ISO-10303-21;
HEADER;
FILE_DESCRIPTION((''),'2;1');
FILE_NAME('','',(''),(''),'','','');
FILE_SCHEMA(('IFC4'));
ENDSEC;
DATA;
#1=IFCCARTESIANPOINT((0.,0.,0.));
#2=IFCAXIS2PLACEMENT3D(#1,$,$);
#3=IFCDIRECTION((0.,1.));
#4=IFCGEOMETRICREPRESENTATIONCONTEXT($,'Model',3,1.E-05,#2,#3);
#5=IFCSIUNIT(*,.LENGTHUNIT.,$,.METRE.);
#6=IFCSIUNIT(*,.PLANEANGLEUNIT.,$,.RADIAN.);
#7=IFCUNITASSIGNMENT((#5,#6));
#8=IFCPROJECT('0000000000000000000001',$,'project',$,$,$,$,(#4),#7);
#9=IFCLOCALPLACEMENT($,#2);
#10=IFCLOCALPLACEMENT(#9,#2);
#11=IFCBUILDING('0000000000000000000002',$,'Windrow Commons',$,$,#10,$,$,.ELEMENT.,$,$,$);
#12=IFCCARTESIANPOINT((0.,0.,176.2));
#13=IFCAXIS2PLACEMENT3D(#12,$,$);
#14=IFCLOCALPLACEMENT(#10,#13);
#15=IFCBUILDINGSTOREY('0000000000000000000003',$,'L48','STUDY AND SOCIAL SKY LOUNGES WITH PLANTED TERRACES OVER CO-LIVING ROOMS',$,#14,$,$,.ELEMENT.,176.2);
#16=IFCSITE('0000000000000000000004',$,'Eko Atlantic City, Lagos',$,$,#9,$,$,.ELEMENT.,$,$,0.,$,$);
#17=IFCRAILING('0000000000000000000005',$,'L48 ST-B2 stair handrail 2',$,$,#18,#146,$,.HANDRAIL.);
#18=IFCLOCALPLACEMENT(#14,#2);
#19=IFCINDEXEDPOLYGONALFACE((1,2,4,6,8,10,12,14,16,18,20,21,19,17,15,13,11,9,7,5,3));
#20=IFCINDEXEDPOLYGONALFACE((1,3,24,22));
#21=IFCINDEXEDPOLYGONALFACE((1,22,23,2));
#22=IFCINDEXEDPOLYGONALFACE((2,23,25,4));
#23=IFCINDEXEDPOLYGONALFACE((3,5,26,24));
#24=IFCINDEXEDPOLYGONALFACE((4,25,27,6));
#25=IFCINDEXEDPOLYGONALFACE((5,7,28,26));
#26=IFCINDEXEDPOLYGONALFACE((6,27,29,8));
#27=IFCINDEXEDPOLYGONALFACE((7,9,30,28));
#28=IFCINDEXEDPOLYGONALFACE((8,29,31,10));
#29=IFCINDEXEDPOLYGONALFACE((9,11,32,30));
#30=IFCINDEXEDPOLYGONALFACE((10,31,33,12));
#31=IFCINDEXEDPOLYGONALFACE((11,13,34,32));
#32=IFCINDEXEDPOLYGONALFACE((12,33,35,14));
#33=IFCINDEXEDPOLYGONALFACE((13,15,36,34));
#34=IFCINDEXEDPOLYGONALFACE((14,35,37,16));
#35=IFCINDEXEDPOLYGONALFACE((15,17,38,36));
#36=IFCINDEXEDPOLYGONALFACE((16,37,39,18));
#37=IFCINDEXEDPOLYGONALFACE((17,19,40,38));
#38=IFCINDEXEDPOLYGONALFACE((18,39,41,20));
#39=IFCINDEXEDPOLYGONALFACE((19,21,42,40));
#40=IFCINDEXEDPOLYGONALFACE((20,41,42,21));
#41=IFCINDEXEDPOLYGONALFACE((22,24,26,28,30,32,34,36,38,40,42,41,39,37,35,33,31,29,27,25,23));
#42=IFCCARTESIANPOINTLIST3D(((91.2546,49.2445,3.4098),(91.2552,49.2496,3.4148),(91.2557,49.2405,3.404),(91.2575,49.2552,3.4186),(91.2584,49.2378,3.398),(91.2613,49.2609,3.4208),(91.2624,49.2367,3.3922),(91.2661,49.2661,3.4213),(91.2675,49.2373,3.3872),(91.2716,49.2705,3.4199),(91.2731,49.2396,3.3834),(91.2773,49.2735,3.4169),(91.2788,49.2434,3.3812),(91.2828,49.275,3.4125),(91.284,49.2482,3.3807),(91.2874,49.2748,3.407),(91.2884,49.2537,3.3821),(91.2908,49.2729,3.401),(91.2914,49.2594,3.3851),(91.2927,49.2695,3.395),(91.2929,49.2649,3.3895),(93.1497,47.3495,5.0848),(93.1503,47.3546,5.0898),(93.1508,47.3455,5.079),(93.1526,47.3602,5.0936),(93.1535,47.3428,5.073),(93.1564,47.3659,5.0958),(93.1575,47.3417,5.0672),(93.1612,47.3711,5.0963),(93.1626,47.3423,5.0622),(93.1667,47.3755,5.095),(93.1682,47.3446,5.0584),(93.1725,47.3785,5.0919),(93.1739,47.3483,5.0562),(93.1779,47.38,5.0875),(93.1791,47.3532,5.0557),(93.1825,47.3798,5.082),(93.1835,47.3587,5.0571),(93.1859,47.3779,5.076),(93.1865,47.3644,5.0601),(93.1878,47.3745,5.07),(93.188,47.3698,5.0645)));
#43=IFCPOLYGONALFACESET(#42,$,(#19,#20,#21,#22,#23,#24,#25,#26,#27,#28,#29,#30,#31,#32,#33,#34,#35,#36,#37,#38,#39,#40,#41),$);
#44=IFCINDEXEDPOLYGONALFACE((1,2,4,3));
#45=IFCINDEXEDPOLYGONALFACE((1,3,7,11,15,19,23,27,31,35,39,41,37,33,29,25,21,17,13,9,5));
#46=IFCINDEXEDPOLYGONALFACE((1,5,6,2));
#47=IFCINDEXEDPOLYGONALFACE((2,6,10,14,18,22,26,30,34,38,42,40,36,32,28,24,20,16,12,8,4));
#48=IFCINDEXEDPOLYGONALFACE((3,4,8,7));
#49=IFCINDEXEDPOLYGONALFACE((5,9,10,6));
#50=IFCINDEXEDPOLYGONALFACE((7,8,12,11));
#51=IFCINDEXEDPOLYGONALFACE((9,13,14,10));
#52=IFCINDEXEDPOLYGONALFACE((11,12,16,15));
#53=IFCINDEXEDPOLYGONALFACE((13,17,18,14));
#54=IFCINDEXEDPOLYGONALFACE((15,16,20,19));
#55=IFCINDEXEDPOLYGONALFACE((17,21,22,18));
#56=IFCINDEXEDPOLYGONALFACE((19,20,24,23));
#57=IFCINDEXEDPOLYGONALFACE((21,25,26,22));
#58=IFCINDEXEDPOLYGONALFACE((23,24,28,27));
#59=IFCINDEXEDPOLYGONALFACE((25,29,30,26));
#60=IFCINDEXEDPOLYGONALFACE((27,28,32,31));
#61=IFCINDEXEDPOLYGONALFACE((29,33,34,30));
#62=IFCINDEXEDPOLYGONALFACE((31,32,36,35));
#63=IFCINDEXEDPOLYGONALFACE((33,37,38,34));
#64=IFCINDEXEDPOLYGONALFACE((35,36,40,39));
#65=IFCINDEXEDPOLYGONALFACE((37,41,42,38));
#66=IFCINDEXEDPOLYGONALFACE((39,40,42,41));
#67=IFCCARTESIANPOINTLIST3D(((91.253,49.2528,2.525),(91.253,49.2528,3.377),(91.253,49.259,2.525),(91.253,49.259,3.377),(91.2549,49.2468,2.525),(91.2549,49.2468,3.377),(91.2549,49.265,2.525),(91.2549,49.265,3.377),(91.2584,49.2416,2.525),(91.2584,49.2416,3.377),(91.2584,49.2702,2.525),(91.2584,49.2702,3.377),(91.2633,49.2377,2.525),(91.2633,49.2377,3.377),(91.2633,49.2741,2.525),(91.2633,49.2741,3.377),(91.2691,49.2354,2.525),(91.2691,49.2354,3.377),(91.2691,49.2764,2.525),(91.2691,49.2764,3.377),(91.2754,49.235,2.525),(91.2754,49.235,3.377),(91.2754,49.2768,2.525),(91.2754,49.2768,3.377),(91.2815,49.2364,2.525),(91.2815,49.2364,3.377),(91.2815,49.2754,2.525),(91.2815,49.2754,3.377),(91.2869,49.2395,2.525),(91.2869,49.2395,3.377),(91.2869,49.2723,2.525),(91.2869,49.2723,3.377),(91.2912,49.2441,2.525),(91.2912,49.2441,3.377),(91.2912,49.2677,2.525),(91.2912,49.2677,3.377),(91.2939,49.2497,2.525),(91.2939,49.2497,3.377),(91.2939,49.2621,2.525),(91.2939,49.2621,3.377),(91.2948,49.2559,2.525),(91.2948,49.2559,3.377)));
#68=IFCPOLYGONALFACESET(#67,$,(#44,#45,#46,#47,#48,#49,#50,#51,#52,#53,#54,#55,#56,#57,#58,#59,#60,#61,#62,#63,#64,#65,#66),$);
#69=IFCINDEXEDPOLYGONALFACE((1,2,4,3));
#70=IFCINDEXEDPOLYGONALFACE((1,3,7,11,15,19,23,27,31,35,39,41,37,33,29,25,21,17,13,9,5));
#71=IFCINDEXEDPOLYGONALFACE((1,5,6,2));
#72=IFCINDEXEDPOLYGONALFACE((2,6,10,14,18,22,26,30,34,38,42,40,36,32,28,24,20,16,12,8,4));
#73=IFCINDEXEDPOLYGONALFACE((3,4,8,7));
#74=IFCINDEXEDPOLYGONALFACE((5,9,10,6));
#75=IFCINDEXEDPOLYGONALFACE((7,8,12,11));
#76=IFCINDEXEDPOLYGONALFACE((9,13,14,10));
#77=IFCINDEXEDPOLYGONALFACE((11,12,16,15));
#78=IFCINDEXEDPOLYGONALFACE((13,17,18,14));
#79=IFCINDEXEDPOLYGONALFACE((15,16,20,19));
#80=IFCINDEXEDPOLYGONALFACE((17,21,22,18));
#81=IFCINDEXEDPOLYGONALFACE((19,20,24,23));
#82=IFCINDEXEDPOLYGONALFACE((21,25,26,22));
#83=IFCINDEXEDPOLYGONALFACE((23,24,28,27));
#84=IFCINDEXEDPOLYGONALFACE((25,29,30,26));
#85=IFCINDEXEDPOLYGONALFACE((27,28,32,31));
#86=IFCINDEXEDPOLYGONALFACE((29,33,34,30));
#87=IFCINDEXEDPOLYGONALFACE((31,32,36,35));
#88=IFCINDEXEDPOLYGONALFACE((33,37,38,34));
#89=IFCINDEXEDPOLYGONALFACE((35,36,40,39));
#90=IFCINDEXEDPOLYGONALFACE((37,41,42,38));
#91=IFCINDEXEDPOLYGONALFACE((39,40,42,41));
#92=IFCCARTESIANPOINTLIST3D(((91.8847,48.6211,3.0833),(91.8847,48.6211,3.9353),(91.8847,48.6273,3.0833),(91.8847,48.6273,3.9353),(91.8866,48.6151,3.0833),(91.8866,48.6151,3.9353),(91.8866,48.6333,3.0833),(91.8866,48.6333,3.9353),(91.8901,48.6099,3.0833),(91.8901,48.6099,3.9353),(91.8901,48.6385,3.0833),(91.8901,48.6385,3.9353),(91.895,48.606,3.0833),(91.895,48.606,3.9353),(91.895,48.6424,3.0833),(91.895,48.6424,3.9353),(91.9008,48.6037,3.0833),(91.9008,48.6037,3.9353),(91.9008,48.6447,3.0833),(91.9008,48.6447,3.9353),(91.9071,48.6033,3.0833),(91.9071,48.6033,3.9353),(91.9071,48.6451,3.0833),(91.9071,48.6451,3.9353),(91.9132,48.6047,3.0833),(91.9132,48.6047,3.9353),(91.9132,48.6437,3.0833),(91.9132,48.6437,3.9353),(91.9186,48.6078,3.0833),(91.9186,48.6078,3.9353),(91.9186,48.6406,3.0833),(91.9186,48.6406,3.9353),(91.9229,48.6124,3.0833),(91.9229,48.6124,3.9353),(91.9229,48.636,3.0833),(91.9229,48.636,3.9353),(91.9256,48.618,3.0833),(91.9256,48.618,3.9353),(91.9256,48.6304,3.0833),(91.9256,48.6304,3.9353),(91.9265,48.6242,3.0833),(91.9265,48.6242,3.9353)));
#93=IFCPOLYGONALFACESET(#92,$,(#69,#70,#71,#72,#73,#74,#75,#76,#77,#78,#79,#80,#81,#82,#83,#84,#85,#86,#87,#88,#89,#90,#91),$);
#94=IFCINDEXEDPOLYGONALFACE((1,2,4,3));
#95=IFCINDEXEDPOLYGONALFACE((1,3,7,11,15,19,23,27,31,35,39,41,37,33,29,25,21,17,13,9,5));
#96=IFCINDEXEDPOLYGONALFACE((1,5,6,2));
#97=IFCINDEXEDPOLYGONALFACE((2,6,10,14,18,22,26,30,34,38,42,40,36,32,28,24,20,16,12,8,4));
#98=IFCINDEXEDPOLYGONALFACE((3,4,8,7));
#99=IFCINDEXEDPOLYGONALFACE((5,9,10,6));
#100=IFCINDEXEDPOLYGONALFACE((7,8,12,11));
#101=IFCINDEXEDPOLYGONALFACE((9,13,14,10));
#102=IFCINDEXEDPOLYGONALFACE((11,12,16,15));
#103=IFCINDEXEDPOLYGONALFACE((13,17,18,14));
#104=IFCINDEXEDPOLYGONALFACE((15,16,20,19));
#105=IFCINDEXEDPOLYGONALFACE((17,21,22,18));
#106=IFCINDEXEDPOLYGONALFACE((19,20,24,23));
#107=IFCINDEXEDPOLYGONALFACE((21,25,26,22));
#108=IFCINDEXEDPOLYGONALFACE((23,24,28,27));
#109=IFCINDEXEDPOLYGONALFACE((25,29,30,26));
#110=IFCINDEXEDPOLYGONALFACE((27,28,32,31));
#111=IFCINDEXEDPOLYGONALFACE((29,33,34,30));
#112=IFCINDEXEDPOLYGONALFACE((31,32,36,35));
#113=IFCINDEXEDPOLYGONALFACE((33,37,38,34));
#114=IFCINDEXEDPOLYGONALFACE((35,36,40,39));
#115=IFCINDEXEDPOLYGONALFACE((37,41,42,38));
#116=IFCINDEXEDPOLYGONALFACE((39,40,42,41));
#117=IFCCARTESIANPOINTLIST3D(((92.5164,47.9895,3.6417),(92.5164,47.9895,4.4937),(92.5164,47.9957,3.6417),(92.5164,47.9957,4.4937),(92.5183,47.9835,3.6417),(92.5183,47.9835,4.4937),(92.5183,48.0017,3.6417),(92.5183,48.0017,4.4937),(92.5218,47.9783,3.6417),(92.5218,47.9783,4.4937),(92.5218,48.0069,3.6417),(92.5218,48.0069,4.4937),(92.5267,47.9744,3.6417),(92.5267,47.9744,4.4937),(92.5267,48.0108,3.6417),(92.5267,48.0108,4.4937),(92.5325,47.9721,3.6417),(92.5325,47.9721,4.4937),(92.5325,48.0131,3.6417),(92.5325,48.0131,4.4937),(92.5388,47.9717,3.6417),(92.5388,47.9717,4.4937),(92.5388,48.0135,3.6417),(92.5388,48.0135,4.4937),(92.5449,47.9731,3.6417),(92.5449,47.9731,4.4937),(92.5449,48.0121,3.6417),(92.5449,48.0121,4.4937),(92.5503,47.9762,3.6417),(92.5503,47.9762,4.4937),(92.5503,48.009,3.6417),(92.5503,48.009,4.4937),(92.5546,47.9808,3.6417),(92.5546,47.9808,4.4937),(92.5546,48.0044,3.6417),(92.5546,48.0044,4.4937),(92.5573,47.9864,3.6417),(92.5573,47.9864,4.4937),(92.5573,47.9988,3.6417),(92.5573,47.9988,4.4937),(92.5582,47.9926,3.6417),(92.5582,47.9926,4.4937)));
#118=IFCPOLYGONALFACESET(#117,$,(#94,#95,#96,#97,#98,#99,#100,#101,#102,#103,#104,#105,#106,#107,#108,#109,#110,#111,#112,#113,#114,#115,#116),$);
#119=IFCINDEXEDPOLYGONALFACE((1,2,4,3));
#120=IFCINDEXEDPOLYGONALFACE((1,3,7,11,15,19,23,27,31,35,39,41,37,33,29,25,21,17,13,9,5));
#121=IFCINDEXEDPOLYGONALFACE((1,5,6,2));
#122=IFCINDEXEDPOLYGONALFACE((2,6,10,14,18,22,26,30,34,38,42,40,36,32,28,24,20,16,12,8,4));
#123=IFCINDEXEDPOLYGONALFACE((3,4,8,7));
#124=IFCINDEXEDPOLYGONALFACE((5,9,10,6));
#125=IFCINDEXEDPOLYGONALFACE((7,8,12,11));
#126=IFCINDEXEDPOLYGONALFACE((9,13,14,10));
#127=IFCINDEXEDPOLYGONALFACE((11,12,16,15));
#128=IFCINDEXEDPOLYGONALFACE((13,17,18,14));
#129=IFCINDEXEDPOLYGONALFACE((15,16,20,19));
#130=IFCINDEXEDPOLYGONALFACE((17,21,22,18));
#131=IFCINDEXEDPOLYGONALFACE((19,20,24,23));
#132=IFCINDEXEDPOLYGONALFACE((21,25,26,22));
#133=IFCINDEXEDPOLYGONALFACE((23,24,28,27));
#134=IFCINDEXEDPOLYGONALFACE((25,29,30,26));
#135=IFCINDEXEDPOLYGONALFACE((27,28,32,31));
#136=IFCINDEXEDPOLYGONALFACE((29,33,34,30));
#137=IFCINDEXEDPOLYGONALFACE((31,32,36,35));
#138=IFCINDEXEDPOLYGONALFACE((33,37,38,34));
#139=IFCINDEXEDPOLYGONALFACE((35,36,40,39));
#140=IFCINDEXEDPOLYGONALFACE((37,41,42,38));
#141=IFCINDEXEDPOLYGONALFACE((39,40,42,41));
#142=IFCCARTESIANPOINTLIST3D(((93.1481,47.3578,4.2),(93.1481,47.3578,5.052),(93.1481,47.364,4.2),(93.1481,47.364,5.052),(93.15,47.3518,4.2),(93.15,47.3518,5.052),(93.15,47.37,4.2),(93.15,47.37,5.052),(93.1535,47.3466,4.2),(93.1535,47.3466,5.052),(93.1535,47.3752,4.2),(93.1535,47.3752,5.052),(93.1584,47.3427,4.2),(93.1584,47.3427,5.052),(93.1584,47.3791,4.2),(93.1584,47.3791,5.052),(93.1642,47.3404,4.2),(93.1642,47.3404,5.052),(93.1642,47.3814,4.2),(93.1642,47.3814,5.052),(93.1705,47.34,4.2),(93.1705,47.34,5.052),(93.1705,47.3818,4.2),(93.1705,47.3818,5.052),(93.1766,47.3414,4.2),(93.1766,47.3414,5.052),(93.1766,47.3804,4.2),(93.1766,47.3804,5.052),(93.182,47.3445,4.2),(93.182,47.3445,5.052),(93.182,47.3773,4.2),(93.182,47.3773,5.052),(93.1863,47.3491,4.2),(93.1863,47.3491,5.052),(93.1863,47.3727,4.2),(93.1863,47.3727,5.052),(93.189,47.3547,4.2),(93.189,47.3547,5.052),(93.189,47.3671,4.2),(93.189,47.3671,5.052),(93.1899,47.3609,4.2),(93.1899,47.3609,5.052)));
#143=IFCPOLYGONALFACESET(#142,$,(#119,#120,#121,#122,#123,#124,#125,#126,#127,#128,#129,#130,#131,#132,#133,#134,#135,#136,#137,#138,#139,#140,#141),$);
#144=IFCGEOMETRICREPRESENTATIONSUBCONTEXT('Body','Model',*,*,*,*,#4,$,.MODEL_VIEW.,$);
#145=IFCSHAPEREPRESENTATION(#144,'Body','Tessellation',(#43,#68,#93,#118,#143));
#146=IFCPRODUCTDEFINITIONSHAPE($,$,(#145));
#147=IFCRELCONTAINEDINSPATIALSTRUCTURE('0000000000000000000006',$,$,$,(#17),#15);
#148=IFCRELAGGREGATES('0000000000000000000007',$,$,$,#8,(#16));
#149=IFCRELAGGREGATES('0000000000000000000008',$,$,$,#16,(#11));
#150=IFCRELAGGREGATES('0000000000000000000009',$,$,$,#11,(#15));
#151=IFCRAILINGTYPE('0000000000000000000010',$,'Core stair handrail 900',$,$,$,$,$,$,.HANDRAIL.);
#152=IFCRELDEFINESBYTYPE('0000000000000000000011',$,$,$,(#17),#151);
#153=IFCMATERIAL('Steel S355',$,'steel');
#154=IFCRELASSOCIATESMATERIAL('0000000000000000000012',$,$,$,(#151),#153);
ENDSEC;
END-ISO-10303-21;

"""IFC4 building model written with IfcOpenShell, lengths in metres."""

from ifc_helpers import new_model, si_unit, direction, frame, origin, origin_2d, place, context, subcontext, project, spatial, circle, extrude, material, type_object, element, save


model = new_model("IFC4")

# Units and contexts
model_context = context("Model", 3, precision=1e-05, world=origin(), true_north=direction((0.0, 1.0)))
body_context = subcontext(model_context, "Body", "Model", "MODEL_VIEW")
ifc_project = project(units=[si_unit("LENGTHUNIT", "METRE"), si_unit("PLANEANGLEUNIT", "RADIAN")], contexts=[model_context])

# Site, building, storey
site_placement = place(None, origin())
site = spatial("IfcSite", under=ifc_project, at=site_placement, Name="Eko Atlantic City, Lagos", CompositionType="ELEMENT", RefElevation=0.0)
building_placement = place(site_placement, origin())
building = spatial("IfcBuilding", under=site, at=building_placement, Name="Windrow Commons", CompositionType="ELEMENT")
storey_placement = place(building_placement, frame((0.0, 0.0, 176.2)))
storey = spatial("IfcBuildingStorey", under=building, at=storey_placement, Name="L48", Description="STUDY AND SOCIAL SKY LOUNGES WITH PLANTED TERRACES OVER CO-LIVING ROOMS", CompositionType="ELEMENT", Elevation=176.2)

# Railing
ifc_material_1 = material(Name="Steel S355", Category="steel")
railing_type_1 = type_object("IfcRailingType", Name="Core stair handrail 900", PredefinedType="HANDRAIL", material=ifc_material_1)
railing_1_placement = place(storey_placement, frame((91.2738, 49.2559, 2.525)))
element("IfcRailing", 1, at=railing_1_placement, inside=storey, type_object=railing_type_1, Name="L48 ST-B2 stair handrail 2", PredefinedType="HANDRAIL", context=body_context, shape_type="SweptSolid", body=[
    extrude(circle(Radius=0.024, at=origin_2d()), frame((0.0, 0.0, 0.876), z_axis=(0.599642, -0.59961, 0.529998), x_axis=(0.707088, 0.707125, 0.0)), (0.0, 0.0, 1.0), 3.1604),
    extrude(circle(Radius=0.021, at=origin_2d()), origin(), (0.0, 0.0, 1.0), 0.852),
    extrude(circle(Radius=0.021, at=origin_2d()), frame((0.6317, -0.6317, 0.5583)), (0.0, 0.0, 1.0), 0.852),
    extrude(circle(Radius=0.021, at=origin_2d()), frame((1.2634, -1.2633, 1.1167)), (0.0, 0.0, 1.0), 0.852),
    extrude(circle(Radius=0.021, at=origin_2d()), frame((1.8951, -1.895, 1.675)), (0.0, 0.0, 1.0), 0.852),
])

save(model, "model.ifc")
